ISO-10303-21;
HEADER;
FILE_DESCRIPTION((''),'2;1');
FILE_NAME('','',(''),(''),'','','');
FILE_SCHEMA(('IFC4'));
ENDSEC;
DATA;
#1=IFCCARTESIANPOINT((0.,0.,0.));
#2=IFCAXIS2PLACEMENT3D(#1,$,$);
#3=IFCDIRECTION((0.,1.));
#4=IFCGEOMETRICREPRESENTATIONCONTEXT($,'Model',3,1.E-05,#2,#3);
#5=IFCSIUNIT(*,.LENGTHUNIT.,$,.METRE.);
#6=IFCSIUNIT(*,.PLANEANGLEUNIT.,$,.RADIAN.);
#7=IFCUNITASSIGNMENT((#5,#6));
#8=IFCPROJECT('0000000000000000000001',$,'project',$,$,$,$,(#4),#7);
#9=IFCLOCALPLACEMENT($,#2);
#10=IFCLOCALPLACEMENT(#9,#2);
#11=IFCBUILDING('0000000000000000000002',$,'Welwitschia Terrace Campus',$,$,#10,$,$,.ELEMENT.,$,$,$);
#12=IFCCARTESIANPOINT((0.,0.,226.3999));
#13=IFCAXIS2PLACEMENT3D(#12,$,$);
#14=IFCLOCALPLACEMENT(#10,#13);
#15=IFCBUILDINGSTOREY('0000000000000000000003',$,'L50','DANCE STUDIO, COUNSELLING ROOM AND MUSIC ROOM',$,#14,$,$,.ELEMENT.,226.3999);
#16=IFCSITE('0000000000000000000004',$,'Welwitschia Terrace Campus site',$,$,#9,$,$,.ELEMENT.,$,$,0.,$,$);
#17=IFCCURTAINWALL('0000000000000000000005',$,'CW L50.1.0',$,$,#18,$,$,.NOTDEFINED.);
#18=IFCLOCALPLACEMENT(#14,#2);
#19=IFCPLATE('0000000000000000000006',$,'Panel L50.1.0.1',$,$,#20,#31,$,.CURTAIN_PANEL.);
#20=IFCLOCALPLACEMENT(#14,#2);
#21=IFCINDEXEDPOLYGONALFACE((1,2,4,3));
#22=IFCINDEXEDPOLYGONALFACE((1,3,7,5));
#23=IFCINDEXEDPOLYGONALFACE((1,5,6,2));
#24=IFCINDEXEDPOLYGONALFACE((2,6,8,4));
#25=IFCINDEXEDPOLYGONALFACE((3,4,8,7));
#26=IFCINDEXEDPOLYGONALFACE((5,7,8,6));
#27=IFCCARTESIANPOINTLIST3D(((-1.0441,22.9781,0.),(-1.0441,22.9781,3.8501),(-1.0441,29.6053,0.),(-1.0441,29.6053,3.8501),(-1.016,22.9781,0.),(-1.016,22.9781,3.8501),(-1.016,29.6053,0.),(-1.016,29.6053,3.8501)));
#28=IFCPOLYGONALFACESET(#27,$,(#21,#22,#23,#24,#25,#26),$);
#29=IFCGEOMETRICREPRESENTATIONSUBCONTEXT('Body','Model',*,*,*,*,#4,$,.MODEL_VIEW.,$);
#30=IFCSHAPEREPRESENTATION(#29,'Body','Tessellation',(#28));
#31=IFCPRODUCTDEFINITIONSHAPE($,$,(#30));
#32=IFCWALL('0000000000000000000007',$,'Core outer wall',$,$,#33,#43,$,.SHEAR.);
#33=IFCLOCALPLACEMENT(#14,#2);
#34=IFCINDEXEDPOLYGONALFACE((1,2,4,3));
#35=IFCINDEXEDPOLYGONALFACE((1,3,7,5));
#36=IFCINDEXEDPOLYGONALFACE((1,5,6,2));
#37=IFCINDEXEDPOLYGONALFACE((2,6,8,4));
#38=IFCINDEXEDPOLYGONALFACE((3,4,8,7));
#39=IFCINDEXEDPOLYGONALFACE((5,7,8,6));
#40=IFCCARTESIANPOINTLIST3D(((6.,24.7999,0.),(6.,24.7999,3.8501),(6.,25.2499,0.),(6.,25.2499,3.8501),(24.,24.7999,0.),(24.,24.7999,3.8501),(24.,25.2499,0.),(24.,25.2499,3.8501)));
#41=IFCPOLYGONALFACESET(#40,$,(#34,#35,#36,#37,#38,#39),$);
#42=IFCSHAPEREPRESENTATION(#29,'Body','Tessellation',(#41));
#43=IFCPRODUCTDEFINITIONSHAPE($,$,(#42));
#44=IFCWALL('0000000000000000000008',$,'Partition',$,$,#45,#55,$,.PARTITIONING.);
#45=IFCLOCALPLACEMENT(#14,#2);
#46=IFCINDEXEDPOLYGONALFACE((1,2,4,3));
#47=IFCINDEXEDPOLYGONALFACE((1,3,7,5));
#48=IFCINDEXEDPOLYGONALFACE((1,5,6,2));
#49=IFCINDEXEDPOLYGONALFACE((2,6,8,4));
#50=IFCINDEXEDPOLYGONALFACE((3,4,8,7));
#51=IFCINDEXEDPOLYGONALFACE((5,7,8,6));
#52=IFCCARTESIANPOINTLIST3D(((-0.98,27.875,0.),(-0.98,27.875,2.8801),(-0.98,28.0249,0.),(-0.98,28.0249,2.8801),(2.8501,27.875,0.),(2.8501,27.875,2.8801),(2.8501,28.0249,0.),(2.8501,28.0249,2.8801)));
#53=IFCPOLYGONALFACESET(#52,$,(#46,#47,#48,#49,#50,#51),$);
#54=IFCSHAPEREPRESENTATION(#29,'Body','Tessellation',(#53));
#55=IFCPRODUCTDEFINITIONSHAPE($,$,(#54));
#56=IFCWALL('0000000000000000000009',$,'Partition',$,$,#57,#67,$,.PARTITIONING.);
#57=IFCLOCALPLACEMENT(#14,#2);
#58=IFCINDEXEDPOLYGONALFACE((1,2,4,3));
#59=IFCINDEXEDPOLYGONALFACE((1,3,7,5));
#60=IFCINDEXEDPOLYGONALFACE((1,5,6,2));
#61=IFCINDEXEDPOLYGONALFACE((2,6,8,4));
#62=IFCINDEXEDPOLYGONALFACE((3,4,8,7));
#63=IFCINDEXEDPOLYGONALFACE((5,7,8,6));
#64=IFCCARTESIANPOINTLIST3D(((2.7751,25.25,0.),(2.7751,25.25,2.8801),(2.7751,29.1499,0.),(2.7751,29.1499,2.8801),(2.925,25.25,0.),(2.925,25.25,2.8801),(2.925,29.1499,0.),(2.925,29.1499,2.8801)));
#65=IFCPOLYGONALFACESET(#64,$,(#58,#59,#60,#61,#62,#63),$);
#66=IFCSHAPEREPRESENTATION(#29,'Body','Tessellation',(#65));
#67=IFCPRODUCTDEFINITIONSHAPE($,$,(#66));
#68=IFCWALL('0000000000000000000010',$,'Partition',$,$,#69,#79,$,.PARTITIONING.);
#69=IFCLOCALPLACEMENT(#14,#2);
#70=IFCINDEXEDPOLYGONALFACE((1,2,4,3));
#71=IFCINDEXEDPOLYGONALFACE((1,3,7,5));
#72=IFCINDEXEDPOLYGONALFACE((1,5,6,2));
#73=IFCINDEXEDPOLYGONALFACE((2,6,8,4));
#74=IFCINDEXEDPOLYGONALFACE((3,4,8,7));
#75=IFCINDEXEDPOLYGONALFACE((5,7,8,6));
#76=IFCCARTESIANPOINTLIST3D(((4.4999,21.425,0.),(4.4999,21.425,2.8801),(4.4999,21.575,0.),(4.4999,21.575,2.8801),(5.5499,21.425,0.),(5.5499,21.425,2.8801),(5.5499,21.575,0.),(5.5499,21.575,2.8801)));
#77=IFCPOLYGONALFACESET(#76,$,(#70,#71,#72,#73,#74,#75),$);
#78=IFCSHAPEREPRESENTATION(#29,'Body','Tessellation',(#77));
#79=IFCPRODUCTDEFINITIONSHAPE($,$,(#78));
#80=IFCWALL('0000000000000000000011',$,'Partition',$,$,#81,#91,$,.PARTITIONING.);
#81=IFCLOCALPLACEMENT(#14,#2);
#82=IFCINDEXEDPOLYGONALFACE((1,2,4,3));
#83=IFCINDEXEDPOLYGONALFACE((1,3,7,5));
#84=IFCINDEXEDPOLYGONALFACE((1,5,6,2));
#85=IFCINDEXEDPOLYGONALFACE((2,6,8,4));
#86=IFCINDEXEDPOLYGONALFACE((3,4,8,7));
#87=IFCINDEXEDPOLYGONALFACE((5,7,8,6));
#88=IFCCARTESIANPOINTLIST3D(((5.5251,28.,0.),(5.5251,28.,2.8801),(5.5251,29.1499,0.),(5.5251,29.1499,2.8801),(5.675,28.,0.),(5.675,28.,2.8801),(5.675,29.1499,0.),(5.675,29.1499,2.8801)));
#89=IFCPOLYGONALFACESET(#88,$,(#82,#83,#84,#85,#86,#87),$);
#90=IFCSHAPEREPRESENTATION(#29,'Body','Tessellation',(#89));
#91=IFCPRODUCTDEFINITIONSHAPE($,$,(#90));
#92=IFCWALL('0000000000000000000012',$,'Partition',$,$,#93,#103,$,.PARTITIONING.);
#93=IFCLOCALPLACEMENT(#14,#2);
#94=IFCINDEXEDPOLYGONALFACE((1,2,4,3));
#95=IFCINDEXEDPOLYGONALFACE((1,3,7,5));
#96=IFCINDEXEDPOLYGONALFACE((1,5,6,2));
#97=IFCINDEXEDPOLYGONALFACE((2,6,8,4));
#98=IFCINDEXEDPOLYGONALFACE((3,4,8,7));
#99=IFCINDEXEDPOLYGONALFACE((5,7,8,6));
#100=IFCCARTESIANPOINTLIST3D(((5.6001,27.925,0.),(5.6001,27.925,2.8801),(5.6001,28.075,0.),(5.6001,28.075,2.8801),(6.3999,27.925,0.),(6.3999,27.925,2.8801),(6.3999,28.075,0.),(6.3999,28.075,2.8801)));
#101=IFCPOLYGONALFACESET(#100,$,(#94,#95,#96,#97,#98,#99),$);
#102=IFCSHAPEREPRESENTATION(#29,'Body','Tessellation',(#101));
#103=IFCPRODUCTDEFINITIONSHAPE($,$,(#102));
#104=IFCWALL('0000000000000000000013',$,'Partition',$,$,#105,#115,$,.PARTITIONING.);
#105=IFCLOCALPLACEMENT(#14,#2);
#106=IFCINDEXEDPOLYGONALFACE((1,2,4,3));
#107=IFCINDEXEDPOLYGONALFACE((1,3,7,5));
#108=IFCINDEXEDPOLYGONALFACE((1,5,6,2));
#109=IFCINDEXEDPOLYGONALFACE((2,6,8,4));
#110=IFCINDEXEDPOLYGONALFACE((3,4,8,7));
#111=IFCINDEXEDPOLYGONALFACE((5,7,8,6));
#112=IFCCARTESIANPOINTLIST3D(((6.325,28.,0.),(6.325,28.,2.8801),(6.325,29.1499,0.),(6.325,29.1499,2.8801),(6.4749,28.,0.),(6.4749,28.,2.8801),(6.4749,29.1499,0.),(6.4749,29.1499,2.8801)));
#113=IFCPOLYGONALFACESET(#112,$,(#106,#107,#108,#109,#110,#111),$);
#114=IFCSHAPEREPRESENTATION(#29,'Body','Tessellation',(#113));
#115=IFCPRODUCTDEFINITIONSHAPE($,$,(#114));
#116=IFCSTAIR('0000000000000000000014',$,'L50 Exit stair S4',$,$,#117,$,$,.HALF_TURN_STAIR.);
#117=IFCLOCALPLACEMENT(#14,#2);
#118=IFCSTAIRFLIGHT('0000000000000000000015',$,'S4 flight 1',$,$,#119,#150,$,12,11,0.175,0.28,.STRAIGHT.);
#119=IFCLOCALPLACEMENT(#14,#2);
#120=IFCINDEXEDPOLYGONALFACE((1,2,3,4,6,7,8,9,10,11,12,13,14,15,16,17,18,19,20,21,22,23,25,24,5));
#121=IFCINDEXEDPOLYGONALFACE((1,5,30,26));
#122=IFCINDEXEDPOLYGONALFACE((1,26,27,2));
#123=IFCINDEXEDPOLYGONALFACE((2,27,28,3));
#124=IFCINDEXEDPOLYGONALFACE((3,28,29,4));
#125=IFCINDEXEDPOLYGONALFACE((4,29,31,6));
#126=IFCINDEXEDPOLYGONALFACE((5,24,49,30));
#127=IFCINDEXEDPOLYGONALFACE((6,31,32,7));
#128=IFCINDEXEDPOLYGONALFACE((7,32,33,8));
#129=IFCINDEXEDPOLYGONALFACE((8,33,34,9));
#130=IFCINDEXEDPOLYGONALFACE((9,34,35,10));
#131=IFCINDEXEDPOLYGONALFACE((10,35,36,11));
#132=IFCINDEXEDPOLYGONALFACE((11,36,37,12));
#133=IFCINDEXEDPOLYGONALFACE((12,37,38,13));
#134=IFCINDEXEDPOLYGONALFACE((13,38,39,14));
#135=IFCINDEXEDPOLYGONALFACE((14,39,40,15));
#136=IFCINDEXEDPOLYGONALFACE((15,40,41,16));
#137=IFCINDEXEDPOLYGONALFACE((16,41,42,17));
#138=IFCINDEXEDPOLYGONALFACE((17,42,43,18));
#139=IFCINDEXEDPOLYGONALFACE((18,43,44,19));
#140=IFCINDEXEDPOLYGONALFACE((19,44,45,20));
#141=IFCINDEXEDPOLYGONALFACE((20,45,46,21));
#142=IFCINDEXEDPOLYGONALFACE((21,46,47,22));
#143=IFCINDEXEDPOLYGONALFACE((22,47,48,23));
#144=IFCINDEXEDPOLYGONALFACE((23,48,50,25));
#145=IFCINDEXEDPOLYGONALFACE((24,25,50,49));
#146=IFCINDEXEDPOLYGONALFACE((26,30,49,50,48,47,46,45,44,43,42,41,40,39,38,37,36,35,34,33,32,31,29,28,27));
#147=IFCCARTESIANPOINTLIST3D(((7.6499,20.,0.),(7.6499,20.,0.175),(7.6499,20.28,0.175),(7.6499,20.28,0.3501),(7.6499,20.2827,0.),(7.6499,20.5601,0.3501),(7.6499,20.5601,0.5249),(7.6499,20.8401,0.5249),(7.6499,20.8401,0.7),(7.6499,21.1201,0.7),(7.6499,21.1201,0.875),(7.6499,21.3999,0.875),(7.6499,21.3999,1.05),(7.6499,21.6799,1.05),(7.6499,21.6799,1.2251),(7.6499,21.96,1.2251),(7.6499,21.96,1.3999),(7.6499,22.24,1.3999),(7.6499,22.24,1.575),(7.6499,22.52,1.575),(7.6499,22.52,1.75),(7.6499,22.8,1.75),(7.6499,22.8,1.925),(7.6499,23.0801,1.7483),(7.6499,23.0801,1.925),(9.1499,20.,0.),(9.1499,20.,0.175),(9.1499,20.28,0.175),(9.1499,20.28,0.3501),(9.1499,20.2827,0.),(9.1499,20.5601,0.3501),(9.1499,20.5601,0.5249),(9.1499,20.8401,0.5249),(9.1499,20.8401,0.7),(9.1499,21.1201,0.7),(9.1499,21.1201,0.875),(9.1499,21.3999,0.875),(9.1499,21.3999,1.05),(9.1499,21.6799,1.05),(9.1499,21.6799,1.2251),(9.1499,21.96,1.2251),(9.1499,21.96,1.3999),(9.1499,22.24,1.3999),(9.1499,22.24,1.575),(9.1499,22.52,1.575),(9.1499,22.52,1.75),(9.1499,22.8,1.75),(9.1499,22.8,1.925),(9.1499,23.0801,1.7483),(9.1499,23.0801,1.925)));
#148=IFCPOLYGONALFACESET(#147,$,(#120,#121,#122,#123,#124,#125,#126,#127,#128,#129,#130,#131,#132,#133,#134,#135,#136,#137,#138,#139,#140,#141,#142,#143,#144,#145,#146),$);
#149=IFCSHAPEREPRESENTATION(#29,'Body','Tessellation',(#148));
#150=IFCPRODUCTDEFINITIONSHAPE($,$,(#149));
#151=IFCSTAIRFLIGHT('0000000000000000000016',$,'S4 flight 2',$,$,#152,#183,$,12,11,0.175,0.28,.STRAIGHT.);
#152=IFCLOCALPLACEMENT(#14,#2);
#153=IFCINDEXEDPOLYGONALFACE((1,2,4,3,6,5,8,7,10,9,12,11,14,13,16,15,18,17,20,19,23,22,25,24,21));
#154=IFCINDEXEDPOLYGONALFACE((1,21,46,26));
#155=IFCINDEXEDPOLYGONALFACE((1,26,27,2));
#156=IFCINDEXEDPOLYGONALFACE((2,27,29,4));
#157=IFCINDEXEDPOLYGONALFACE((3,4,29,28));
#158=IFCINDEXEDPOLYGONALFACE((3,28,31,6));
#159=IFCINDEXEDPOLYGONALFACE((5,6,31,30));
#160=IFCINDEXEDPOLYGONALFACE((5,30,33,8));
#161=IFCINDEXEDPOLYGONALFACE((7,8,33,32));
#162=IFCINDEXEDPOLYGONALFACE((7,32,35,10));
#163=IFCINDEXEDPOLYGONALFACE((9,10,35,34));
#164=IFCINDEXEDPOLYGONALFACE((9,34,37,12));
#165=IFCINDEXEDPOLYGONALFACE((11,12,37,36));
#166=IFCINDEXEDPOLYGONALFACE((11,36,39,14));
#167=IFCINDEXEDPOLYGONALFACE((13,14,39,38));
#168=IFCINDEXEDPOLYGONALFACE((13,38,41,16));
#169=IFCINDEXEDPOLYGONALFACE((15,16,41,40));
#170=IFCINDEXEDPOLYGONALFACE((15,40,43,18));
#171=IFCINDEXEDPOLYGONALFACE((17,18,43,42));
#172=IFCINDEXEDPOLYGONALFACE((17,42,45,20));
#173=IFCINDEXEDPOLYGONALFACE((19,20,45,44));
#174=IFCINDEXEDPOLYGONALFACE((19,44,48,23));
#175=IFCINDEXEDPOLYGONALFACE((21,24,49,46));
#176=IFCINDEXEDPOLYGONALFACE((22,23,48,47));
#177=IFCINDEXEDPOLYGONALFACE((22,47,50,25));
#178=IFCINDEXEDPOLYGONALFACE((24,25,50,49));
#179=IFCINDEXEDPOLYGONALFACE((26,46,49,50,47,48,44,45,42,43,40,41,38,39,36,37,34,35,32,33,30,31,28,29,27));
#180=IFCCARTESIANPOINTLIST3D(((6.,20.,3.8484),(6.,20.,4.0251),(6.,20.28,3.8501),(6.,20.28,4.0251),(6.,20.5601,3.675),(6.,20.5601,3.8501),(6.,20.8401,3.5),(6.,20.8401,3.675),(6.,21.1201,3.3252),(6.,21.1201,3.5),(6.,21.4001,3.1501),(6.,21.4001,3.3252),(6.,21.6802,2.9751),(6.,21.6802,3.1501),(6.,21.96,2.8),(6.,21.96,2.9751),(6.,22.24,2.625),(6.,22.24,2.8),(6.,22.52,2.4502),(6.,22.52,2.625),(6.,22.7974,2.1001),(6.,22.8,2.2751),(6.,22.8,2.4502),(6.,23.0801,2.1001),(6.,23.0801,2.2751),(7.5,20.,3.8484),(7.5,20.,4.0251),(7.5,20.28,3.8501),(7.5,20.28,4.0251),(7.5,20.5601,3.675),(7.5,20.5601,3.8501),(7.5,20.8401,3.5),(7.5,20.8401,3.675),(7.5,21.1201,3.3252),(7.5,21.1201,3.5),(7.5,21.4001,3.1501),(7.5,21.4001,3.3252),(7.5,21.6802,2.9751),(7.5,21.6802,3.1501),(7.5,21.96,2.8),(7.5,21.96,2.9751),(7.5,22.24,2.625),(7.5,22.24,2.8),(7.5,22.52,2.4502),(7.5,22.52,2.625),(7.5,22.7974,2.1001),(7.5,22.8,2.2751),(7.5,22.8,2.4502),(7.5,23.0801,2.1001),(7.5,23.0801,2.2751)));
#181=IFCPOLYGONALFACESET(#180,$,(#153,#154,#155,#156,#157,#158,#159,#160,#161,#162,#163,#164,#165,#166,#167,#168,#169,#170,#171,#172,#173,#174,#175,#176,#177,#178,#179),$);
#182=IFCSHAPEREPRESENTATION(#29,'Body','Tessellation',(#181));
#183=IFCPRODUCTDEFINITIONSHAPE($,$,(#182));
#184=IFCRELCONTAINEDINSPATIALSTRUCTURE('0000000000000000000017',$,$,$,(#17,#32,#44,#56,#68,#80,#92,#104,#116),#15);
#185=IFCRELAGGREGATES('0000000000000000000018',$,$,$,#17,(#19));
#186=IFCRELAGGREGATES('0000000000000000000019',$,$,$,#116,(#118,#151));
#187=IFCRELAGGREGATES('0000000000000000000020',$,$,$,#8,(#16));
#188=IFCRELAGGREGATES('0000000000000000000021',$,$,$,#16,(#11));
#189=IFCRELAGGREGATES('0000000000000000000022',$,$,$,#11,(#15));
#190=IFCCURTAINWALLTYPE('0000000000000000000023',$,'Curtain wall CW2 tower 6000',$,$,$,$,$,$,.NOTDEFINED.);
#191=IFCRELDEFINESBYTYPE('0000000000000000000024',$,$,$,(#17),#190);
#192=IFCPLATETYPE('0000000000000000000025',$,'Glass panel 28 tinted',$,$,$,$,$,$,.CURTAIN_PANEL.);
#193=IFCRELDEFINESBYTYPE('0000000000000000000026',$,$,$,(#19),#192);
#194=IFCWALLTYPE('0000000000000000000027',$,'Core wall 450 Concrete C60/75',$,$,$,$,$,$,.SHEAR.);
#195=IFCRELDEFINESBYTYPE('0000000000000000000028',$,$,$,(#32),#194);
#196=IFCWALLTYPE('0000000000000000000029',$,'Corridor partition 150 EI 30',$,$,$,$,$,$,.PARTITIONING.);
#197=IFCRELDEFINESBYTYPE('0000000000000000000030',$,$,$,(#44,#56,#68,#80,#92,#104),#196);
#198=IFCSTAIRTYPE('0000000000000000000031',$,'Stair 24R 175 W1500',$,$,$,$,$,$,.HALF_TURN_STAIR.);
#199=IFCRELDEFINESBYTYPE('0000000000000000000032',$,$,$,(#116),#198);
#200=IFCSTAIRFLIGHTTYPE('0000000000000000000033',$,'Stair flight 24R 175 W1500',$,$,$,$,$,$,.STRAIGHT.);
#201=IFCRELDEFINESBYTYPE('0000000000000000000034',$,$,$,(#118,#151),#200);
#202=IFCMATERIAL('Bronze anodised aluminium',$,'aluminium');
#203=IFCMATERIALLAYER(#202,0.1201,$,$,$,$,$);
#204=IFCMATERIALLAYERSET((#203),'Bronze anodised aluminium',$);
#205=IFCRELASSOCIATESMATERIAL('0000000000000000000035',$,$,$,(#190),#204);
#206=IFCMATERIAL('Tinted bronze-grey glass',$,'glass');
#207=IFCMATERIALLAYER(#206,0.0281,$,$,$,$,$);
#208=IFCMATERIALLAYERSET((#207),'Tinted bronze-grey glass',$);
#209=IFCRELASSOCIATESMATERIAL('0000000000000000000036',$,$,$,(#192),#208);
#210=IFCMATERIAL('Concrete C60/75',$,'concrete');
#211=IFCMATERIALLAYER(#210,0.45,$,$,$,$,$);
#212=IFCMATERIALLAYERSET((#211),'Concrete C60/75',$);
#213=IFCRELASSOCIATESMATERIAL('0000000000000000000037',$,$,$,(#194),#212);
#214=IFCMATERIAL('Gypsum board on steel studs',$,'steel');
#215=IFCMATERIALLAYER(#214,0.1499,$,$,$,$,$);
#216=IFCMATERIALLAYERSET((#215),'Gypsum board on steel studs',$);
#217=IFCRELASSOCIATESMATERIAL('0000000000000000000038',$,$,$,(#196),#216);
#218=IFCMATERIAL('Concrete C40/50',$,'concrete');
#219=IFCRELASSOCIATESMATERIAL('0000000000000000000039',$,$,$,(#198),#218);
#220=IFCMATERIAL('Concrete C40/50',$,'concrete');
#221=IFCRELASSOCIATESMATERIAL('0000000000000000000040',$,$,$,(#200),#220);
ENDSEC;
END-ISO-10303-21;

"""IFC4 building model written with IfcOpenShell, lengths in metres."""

from ifc_helpers import new_model, si_unit, direction, frame, frame_2d, origin, origin_2d, place, context, subcontext, project, spatial, polyline, rectangle, outline, extrude, material, layer, layer_set, type_object, element, aggregate, save


model = new_model("IFC4")

# Units and contexts
model_context = context("Model", 3, precision=1e-05, world=origin(), true_north=direction((0.0, 1.0)))
body_context = subcontext(model_context, "Body", "Model", "MODEL_VIEW")
ifc_project = project(units=[si_unit("LENGTHUNIT", "METRE"), si_unit("PLANEANGLEUNIT", "RADIAN")], contexts=[model_context])

# Site, building, storey
site_placement = place(None, origin())
site = spatial("IfcSite", under=ifc_project, at=site_placement, Name="Welwitschia Terrace Campus site", CompositionType="ELEMENT", RefElevation=0.0)
building_placement = place(site_placement, origin())
building = spatial("IfcBuilding", under=site, at=building_placement, Name="Welwitschia Terrace Campus", CompositionType="ELEMENT")
storey_placement = place(building_placement, frame((0.0, 0.0, 226.3999)))
storey = spatial("IfcBuildingStorey", under=building, at=storey_placement, Name="L50", Description="DANCE STUDIO, COUNSELLING ROOM AND MUSIC ROOM", CompositionType="ELEMENT", Elevation=226.3999)

# Curtain wall
ifc_material_1 = material(Name="Bronze anodised aluminium", Category="aluminium")
ifc_layer_1 = layer(ifc_material_1, 0.1201)
ifc_layer_set_1 = layer_set([ifc_layer_1], Name="Bronze anodised aluminium")
curtain_wall_type = type_object("IfcCurtainWallType", Name="Curtain wall CW2 tower 6000", PredefinedType="NOTDEFINED", material=ifc_layer_set_1)
curtain_wall_placement = place(storey_placement, origin())
curtain_wall = element("IfcCurtainWall", 1, at=curtain_wall_placement, inside=storey, type_object=curtain_wall_type, Name="CW L50.1.0", PredefinedType="NOTDEFINED")

# Plate
ifc_material_2 = material(Name="Tinted bronze-grey glass", Category="glass")
ifc_layer_2 = layer(ifc_material_2, 0.0281)
ifc_layer_set_2 = layer_set([ifc_layer_2], Name="Tinted bronze-grey glass")
plate_type = type_object("IfcPlateType", Name="Glass panel 28 tinted", PredefinedType="CURTAIN_PANEL", material=ifc_layer_set_2)
plate_placement = place(storey_placement, frame((-1.03, 26.2917, 0.0), z_axis=(0.0, 0.0, 1.0), x_axis=(0.0, -1.0, 0.0)))
plate = element("IfcPlate", 2, at=plate_placement, type_object=plate_type, Name="Panel L50.1.0.1", PredefinedType="CURTAIN_PANEL", context=body_context, shape_type="SweptSolid", body=[
    extrude(rectangle(XDim=6.6272, YDim=0.0281, at=origin_2d()), origin(), (0.0, 0.0, 1.0), 3.8501),
])
aggregate(curtain_wall, [plate])

# Walls
ifc_material_3 = material(Name="Concrete C60/75", Category="concrete")
ifc_layer_3 = layer(ifc_material_3, 0.45)
ifc_layer_set_3 = layer_set([ifc_layer_3], Name="Concrete C60/75")
wall_type_1 = type_object("IfcWallType", Name="Core wall 450 Concrete C60/75", PredefinedType="SHEAR", material=ifc_layer_set_3)
wall_1_placement = place(storey_placement, frame((6.0, 25.0249, 0.0), z_axis=(0.0, 0.0, 1.0), x_axis=(1.0, 0.0, 0.0)))
element("IfcWall", 3, at=wall_1_placement, inside=storey, type_object=wall_type_1, Name="Core outer wall", PredefinedType="SHEAR", context=body_context, shape_type="SweptSolid", body=[
    extrude(rectangle(XDim=18.0, YDim=0.45, at=frame_2d((9.0, 0.0))), origin(), (0.0, 0.0, 1.0), 3.8501),
])
ifc_material_4 = material(Name="Gypsum board on steel studs", Category="steel")
ifc_layer_4 = layer(ifc_material_4, 0.1499)
ifc_layer_set_4 = layer_set([ifc_layer_4], Name="Gypsum board on steel studs")
wall_type_2 = type_object("IfcWallType", Name="Corridor partition 150 EI 30", PredefinedType="PARTITIONING", material=ifc_layer_set_4)
wall_2_placement = place(storey_placement, frame((-0.98, 27.95, 0.0), z_axis=(0.0, 0.0, 1.0), x_axis=(1.0, 0.0, 0.0)))
element("IfcWall", 4, at=wall_2_placement, inside=storey, type_object=wall_type_2, Name="Partition", PredefinedType="PARTITIONING", context=body_context, shape_type="SweptSolid", body=[
    extrude(rectangle(XDim=3.8301, YDim=0.1499, at=frame_2d((1.915, 0.0))), origin(), (0.0, 0.0, 1.0), 2.8801),
])
wall_3_placement = place(storey_placement, frame((2.8501, 25.25, 0.0), z_axis=(0.0, 0.0, 1.0), x_axis=(0.0, 1.0, 0.0)))
element("IfcWall", 5, at=wall_3_placement, inside=storey, type_object=wall_type_2, Name="Partition", PredefinedType="PARTITIONING", context=body_context, shape_type="SweptSolid", body=[
    extrude(rectangle(XDim=3.8999, YDim=0.1499, at=frame_2d((1.95, 0.0))), origin(), (0.0, 0.0, 1.0), 2.8801),
])
wall_4_placement = place(storey_placement, frame((4.5, 21.5, 0.0), z_axis=(0.0, 0.0, 1.0), x_axis=(1.0, 0.0, 0.0)))
element("IfcWall", 6, at=wall_4_placement, inside=storey, type_object=wall_type_2, Name="Partition", PredefinedType="PARTITIONING", context=body_context, shape_type="SweptSolid", body=[
    extrude(rectangle(XDim=1.05, YDim=0.1499, at=frame_2d((0.5249, 0.0))), origin(), (0.0, 0.0, 1.0), 2.8801),
])
wall_5_placement = place(storey_placement, frame((5.6001, 28.0, 0.0), z_axis=(0.0, 0.0, 1.0), x_axis=(0.0, 1.0, 0.0)))
element("IfcWall", 7, at=wall_5_placement, inside=storey, type_object=wall_type_2, Name="Partition", PredefinedType="PARTITIONING", context=body_context, shape_type="SweptSolid", body=[
    extrude(rectangle(XDim=1.1499, YDim=0.1499, at=frame_2d((0.575, 0.0))), origin(), (0.0, 0.0, 1.0), 2.8801),
])
wall_6_placement = place(storey_placement, frame((5.6001, 28.0, 0.0), z_axis=(0.0, 0.0, 1.0), x_axis=(1.0, 0.0, 0.0)))
element("IfcWall", 8, at=wall_6_placement, inside=storey, type_object=wall_type_2, Name="Partition", PredefinedType="PARTITIONING", context=body_context, shape_type="SweptSolid", body=[
    extrude(rectangle(XDim=0.7998, YDim=0.1499, at=frame_2d((0.3999, 0.0))), origin(), (0.0, 0.0, 1.0), 2.8801),
])
wall_7_placement = place(storey_placement, frame((6.3999, 28.0, 0.0), z_axis=(0.0, 0.0, 1.0), x_axis=(0.0, 1.0, 0.0)))
element("IfcWall", 9, at=wall_7_placement, inside=storey, type_object=wall_type_2, Name="Partition", PredefinedType="PARTITIONING", context=body_context, shape_type="SweptSolid", body=[
    extrude(rectangle(XDim=1.1499, YDim=0.1499, at=frame_2d((0.575, 0.0))), origin(), (0.0, 0.0, 1.0), 2.8801),
])

# Stair, stair flights
ifc_material_5 = material(Name="Concrete C40/50", Category="concrete")
stair_type = type_object("IfcStairType", Name="Stair 24R 175 W1500", PredefinedType="HALF_TURN_STAIR", material=ifc_material_5)
stair_placement = place(storey_placement, origin())
stair = element("IfcStair", 10, at=stair_placement, inside=storey, type_object=stair_type, Name="L50 Exit stair S4", PredefinedType="HALF_TURN_STAIR")
ifc_material_6 = material(Name="Concrete C40/50", Category="concrete")
stair_flight_type = type_object("IfcStairFlightType", Name="Stair flight 24R 175 W1500", PredefinedType="STRAIGHT", material=ifc_material_6)
stair_flight_1_placement = place(storey_placement, frame((8.3999, 20.0, 0.0), z_axis=(0.0, 0.0, 1.0), x_axis=(0.0, 1.0, 0.0)))
stair_flight_1 = element("IfcStairFlight", 11, at=stair_flight_1_placement, type_object=stair_flight_type, Name="S4 flight 1", NumberOfRisers=12, NumberOfTreads=11, PredefinedType="STRAIGHT", RiserHeight=0.175, TreadLength=0.28, context=body_context, shape_type="SweptSolid", body=[
    extrude(outline(polyline([(0.0, 0.0), (0.0, 0.175), (0.28, 0.175), (0.28, 0.3501), (0.5601, 0.3501), (0.5601, 0.5249), (0.8401, 0.5249), (0.8401, 0.7), (1.1201, 0.7), (1.1201, 0.875), (1.3999, 0.875), (1.3999, 1.05), (1.6799, 1.05), (1.6799, 1.2251), (1.96, 1.2251), (1.96, 1.3999), (2.24, 1.3999), (2.24, 1.575), (2.52, 1.575), (2.52, 1.75), (2.8, 1.75), (2.8, 1.925), (3.0801, 1.925), (3.0801, 2.1001), (3.0801, 1.7483), (0.2827, 0.0), (0.0, 0.0)])), frame((0.0, 0.75, 0.0), z_axis=(0.0, -1.0, 0.0), x_axis=(1.0, 0.0, 0.0)), (0.0, 0.0, 1.0), 1.5),
])
stair_flight_2_placement = place(storey_placement, frame((6.75, 23.0801, 2.1001), z_axis=(0.0, 0.0, 1.0), x_axis=(0.0, -1.0, 0.0)))
stair_flight_2 = element("IfcStairFlight", 12, at=stair_flight_2_placement, type_object=stair_flight_type, Name="S4 flight 2", NumberOfRisers=12, NumberOfTreads=11, PredefinedType="STRAIGHT", RiserHeight=0.175, TreadLength=0.28, context=body_context, shape_type="SweptSolid", body=[
    extrude(outline(polyline([(0.0, 0.0), (0.0, 0.175), (0.28, 0.175), (0.28, 0.3501), (0.5601, 0.3501), (0.5601, 0.5249), (0.8401, 0.5249), (0.8401, 0.7), (1.1201, 0.7), (1.1201, 0.875), (1.3999, 0.875), (1.3999, 1.05), (1.6799, 1.05), (1.6799, 1.2251), (1.96, 1.2251), (1.96, 1.3999), (2.24, 1.3999), (2.24, 1.575), (2.52, 1.575), (2.52, 1.75), (2.8, 1.75), (2.8, 1.925), (3.0801, 1.925), (3.0801, 2.1001), (3.0801, 1.7483), (0.2827, 0.0), (0.0, 0.0)])), frame((0.0, 0.75, 0.0), z_axis=(0.0, -1.0, 0.0), x_axis=(1.0, 0.0, 0.0)), (0.0, 0.0, 1.0), 1.5),
])
aggregate(stair, [stair_flight_1, stair_flight_2])

save(model, "model.ifc")
